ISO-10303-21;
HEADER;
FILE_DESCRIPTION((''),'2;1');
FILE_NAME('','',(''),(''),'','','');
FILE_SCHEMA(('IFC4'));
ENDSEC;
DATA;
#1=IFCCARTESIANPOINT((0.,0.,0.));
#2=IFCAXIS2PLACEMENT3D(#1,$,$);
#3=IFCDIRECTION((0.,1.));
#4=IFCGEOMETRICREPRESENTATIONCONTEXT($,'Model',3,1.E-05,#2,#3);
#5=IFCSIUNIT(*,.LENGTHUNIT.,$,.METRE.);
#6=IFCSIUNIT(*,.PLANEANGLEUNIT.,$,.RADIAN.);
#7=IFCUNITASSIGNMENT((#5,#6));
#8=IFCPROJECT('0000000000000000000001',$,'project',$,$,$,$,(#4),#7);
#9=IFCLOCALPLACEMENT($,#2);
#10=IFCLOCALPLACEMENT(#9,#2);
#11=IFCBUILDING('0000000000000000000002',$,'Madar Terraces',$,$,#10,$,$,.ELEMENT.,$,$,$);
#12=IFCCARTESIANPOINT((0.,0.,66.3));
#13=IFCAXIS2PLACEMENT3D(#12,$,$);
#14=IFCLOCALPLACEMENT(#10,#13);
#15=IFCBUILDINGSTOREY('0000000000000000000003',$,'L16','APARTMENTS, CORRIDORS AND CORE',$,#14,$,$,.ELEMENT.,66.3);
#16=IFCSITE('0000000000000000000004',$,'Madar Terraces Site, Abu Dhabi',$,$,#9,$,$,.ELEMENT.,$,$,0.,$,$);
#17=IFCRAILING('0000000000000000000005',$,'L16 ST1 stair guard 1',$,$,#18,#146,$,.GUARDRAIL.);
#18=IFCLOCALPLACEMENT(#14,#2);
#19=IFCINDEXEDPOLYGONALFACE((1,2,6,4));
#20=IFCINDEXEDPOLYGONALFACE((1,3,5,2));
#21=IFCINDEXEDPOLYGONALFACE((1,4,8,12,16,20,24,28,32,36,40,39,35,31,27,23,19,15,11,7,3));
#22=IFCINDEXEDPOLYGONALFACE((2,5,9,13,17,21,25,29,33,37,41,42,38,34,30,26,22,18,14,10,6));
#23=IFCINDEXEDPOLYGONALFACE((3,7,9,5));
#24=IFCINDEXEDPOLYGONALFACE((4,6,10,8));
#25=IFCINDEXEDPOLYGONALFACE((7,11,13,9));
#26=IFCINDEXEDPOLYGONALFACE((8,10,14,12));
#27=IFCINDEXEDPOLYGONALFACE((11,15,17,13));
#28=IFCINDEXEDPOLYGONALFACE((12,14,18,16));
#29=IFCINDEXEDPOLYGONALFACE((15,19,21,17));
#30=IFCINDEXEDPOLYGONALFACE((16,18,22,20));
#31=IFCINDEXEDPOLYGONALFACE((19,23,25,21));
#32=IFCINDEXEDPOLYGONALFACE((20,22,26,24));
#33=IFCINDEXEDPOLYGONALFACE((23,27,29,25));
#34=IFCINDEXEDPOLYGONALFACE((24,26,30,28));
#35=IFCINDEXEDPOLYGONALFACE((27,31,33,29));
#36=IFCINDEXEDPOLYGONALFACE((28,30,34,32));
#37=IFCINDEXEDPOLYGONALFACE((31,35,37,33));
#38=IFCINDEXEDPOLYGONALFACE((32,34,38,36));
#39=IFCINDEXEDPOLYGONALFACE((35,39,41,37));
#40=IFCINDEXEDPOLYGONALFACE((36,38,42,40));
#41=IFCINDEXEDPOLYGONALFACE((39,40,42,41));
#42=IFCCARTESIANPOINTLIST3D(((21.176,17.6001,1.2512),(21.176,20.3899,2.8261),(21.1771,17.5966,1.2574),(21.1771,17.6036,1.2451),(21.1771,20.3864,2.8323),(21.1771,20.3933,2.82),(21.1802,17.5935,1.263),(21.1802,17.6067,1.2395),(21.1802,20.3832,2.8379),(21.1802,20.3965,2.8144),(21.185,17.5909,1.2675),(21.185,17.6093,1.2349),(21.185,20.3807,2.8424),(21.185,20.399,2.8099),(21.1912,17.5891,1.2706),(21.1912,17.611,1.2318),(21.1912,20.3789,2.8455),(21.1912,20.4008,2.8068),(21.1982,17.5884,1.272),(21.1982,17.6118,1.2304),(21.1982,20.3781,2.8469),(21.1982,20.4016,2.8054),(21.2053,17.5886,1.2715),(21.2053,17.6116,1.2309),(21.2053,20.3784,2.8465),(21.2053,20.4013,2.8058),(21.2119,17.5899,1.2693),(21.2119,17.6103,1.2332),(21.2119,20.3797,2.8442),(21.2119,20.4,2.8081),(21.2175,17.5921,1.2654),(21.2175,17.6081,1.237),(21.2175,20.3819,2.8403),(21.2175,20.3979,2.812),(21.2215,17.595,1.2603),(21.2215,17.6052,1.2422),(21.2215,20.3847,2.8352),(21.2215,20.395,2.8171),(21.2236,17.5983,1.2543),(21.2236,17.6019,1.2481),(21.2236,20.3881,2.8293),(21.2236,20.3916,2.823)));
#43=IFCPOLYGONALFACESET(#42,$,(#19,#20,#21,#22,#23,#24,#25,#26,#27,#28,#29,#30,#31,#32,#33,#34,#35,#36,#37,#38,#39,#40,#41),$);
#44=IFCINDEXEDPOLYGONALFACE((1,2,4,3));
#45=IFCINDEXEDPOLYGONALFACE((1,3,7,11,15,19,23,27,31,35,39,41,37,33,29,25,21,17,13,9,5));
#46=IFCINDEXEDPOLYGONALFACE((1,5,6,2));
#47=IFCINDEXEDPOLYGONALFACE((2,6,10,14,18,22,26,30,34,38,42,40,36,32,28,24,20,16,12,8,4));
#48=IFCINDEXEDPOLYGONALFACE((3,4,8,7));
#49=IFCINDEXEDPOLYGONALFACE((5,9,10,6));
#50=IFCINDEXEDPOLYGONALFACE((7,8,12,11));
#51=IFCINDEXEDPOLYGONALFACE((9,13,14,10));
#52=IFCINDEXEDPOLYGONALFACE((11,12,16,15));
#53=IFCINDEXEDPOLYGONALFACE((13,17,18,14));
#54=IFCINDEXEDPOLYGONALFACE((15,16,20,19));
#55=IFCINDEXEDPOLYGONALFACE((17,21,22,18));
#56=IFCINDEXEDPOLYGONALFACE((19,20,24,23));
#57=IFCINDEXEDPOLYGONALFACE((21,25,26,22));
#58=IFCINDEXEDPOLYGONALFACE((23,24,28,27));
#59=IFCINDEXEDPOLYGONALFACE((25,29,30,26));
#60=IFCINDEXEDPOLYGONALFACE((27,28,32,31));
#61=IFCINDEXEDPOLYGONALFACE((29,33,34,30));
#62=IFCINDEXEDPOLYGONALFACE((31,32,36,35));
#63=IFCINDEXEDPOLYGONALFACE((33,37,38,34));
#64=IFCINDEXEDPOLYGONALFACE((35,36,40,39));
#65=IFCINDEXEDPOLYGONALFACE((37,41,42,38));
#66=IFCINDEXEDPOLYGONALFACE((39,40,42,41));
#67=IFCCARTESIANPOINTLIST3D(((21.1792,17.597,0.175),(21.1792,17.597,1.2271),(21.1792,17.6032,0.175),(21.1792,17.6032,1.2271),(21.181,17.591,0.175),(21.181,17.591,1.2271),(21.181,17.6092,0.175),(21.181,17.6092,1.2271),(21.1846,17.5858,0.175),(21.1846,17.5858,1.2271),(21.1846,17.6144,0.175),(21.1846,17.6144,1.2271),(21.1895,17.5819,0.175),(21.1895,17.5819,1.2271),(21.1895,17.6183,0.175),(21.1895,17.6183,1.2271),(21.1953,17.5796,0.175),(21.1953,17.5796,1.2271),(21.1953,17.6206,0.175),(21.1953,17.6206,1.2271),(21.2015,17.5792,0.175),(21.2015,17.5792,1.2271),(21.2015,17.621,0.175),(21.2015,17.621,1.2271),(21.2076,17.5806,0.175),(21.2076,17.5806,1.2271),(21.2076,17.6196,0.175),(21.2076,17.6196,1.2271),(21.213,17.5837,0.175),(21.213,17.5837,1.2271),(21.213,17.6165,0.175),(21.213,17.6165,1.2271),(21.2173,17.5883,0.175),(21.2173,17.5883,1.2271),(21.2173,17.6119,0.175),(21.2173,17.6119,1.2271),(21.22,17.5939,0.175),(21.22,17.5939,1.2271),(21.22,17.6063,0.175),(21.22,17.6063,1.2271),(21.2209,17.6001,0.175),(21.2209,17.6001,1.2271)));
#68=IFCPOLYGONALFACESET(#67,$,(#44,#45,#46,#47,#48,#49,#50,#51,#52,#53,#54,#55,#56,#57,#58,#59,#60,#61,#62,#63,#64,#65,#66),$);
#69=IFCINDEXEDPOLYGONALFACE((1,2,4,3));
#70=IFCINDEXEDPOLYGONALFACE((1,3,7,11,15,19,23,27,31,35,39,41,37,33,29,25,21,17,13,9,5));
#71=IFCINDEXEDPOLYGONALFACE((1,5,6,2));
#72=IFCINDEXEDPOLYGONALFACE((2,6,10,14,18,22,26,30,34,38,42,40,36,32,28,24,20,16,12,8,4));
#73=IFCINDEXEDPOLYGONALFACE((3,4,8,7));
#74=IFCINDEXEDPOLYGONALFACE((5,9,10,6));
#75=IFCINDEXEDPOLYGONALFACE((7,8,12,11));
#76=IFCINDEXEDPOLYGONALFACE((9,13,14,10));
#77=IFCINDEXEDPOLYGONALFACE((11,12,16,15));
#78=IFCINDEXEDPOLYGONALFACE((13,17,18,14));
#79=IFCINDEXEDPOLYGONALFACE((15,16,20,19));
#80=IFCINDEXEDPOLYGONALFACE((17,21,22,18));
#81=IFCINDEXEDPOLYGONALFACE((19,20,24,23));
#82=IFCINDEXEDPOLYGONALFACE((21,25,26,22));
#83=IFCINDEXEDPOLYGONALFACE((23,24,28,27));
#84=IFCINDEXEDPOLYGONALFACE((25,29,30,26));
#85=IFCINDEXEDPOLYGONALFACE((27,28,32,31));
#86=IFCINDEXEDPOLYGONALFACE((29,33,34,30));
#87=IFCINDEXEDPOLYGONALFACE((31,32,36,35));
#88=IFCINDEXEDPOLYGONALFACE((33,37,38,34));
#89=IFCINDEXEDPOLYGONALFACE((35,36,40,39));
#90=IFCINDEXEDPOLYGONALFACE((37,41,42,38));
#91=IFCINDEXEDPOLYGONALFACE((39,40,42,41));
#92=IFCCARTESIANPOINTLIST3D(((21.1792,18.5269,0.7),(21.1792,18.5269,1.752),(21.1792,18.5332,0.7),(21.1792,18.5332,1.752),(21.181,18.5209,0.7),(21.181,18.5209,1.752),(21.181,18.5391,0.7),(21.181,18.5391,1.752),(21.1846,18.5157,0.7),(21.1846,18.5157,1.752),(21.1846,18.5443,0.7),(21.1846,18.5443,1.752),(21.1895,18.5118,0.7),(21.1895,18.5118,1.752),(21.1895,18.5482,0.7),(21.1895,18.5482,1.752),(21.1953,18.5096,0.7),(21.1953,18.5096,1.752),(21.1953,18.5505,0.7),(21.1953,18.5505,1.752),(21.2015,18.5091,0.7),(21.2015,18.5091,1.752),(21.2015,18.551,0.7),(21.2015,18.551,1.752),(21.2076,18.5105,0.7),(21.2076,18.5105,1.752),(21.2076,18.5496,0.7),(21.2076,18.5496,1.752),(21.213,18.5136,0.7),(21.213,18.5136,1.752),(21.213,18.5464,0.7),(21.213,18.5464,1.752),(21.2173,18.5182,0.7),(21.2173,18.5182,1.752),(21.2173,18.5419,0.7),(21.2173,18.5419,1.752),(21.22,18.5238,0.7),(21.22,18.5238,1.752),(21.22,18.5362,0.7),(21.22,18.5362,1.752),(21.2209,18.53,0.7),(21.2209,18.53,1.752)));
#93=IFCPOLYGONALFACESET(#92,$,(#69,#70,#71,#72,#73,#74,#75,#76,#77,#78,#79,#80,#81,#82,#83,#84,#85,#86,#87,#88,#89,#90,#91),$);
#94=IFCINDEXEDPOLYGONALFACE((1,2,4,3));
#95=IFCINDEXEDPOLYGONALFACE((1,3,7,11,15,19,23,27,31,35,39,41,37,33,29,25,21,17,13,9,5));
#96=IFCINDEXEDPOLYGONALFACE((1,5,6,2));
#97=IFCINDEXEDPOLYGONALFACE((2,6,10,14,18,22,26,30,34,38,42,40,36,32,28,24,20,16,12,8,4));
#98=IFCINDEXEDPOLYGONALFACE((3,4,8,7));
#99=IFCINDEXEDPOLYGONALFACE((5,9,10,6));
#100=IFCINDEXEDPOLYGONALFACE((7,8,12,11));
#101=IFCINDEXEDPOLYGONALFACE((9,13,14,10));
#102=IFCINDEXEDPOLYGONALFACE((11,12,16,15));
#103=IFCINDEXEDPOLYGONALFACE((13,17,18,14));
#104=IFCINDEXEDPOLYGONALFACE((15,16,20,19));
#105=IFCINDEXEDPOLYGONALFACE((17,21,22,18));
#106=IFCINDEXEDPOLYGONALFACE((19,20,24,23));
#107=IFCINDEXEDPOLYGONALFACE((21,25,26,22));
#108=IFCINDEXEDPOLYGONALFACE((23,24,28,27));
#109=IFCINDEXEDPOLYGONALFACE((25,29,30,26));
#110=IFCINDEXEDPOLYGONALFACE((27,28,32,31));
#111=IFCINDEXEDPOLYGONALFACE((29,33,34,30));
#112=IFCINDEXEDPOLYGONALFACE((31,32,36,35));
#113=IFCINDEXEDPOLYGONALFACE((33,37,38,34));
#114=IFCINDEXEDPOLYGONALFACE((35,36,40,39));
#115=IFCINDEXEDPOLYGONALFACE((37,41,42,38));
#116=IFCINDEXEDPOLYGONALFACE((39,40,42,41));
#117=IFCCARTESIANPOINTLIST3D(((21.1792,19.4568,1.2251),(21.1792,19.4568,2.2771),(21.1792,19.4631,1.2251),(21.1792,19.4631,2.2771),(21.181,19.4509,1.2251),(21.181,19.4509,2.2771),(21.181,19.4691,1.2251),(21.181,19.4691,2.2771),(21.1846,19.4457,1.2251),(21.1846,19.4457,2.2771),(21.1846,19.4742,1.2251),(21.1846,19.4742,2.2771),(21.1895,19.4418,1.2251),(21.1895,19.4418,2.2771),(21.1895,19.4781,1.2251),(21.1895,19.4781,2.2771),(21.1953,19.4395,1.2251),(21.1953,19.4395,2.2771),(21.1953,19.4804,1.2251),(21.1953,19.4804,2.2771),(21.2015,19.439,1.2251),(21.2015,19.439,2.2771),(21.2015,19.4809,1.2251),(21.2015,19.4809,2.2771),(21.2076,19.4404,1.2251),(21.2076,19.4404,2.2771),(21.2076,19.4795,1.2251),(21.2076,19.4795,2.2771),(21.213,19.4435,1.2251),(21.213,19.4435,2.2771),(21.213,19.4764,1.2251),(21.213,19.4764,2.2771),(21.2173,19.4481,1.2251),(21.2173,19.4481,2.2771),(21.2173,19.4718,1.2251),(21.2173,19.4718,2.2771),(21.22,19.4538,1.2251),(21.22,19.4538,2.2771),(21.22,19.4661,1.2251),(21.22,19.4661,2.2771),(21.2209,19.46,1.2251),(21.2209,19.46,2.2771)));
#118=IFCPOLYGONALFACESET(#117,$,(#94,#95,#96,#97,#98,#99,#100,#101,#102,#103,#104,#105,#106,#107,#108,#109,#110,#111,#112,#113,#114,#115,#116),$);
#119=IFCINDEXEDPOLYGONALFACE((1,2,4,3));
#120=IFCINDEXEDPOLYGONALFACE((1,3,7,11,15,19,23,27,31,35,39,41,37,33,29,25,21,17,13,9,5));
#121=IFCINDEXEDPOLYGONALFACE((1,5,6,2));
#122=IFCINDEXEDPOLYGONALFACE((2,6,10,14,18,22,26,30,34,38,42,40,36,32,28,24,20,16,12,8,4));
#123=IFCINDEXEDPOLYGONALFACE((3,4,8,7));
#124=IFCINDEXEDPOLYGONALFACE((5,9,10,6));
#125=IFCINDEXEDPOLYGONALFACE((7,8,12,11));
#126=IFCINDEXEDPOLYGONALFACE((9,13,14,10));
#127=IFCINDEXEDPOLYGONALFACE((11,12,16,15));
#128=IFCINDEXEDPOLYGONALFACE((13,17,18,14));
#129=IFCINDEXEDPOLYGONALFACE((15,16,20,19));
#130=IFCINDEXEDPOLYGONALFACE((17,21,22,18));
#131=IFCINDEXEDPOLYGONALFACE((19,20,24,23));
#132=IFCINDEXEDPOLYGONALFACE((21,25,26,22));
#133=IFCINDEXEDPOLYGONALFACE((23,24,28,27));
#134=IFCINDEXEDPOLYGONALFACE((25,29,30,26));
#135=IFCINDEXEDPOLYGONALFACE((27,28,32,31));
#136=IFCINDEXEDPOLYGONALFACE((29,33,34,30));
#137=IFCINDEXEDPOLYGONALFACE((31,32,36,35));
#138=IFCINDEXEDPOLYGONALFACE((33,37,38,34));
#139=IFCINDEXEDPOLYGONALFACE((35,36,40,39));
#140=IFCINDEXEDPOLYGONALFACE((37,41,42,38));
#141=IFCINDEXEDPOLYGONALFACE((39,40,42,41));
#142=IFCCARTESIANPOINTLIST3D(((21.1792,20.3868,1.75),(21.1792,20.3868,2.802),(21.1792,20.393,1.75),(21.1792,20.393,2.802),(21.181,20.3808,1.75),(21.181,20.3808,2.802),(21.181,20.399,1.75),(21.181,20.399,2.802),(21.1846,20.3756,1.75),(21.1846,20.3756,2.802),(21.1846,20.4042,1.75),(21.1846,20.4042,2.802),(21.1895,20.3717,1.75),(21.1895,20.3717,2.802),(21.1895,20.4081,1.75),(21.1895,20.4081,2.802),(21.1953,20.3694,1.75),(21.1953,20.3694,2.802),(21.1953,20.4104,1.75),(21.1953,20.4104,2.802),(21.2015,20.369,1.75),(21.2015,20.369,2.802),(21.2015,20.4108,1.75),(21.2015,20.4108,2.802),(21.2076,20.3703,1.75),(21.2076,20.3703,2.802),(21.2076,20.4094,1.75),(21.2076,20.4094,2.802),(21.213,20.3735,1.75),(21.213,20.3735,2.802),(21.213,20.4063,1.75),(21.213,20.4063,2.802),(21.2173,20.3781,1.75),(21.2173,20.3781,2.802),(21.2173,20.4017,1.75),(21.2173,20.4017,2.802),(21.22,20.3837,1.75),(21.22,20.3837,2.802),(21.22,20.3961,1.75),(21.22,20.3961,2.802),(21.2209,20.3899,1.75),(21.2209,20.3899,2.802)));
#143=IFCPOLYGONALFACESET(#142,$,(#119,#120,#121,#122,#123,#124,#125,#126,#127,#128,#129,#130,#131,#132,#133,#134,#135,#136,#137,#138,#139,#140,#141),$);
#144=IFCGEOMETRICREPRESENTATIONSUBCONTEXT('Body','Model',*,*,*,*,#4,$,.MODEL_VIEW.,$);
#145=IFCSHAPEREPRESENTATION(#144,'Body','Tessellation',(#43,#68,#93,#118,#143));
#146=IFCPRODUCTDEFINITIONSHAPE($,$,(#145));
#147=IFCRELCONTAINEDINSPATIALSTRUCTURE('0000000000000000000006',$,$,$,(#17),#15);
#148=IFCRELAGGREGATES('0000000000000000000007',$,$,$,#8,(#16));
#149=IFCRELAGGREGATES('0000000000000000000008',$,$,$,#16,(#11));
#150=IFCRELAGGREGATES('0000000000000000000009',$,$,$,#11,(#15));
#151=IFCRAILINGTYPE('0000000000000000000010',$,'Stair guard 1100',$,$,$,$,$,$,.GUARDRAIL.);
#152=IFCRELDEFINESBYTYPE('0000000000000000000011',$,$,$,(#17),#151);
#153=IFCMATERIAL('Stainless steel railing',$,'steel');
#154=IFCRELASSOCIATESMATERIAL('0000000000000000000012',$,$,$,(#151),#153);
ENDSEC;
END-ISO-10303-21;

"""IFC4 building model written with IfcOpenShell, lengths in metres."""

from ifc_helpers import new_model, si_unit, direction, frame, origin, origin_2d, place, context, subcontext, project, spatial, circle, extrude, material, type_object, element, save


model = new_model("IFC4")

# Units and contexts
model_context = context("Model", 3, precision=1e-05, world=origin(), true_north=direction((0.0, 1.0)))
body_context = subcontext(model_context, "Body", "Model", "MODEL_VIEW")
ifc_project = project(units=[si_unit("LENGTHUNIT", "METRE"), si_unit("PLANEANGLEUNIT", "RADIAN")], contexts=[model_context])

# Site, building, storey
site_placement = place(None, origin())
site = spatial("IfcSite", under=ifc_project, at=site_placement, Name="Madar Terraces Site, Abu Dhabi", CompositionType="ELEMENT", RefElevation=0.0)
building_placement = place(site_placement, origin())
building = spatial("IfcBuilding", under=site, at=building_placement, Name="Madar Terraces", CompositionType="ELEMENT")
storey_placement = place(building_placement, frame((0.0, 0.0, 66.3)))
storey = spatial("IfcBuildingStorey", under=building, at=storey_placement, Name="L16", Description="APARTMENTS, CORRIDORS AND CORE", CompositionType="ELEMENT", Elevation=66.3)

# Railing
ifc_material_1 = material(Name="Stainless steel railing", Category="steel")
railing_type_1 = type_object("IfcRailingType", Name="Stair guard 1100", PredefinedType="GUARDRAIL", material=ifc_material_1)
railing_1_placement = place(storey_placement, frame((21.2, 17.6001, 0.175)))
element("IfcRailing", 1, at=railing_1_placement, inside=storey, type_object=railing_type_1, Name="L16 ST1 stair guard 1", PredefinedType="GUARDRAIL", context=body_context, shape_type="SweptSolid", body=[
    extrude(circle(Radius=0.0239, at=origin_2d()), frame((0.0, 0.0, 1.0762), z_axis=(0.0, 0.870815, 0.49161), x_axis=(-1.0, 0.0, 0.0)), (0.0, 0.0, 1.0), 3.2036),
    extrude(circle(Radius=0.021, at=origin_2d()), origin(), (0.0, 0.0, 1.0), 1.052),
    extrude(circle(Radius=0.021, at=origin_2d()), frame((0.0, 0.9299, 0.5249)), (0.0, 0.0, 1.0), 1.052),
    extrude(circle(Radius=0.021, at=origin_2d()), frame((0.0, 1.8599, 1.05)), (0.0, 0.0, 1.0), 1.052),
    extrude(circle(Radius=0.021, at=origin_2d()), frame((0.0, 2.7898, 1.575)), (0.0, 0.0, 1.0), 1.052),
])

save(model, "model.ifc")
